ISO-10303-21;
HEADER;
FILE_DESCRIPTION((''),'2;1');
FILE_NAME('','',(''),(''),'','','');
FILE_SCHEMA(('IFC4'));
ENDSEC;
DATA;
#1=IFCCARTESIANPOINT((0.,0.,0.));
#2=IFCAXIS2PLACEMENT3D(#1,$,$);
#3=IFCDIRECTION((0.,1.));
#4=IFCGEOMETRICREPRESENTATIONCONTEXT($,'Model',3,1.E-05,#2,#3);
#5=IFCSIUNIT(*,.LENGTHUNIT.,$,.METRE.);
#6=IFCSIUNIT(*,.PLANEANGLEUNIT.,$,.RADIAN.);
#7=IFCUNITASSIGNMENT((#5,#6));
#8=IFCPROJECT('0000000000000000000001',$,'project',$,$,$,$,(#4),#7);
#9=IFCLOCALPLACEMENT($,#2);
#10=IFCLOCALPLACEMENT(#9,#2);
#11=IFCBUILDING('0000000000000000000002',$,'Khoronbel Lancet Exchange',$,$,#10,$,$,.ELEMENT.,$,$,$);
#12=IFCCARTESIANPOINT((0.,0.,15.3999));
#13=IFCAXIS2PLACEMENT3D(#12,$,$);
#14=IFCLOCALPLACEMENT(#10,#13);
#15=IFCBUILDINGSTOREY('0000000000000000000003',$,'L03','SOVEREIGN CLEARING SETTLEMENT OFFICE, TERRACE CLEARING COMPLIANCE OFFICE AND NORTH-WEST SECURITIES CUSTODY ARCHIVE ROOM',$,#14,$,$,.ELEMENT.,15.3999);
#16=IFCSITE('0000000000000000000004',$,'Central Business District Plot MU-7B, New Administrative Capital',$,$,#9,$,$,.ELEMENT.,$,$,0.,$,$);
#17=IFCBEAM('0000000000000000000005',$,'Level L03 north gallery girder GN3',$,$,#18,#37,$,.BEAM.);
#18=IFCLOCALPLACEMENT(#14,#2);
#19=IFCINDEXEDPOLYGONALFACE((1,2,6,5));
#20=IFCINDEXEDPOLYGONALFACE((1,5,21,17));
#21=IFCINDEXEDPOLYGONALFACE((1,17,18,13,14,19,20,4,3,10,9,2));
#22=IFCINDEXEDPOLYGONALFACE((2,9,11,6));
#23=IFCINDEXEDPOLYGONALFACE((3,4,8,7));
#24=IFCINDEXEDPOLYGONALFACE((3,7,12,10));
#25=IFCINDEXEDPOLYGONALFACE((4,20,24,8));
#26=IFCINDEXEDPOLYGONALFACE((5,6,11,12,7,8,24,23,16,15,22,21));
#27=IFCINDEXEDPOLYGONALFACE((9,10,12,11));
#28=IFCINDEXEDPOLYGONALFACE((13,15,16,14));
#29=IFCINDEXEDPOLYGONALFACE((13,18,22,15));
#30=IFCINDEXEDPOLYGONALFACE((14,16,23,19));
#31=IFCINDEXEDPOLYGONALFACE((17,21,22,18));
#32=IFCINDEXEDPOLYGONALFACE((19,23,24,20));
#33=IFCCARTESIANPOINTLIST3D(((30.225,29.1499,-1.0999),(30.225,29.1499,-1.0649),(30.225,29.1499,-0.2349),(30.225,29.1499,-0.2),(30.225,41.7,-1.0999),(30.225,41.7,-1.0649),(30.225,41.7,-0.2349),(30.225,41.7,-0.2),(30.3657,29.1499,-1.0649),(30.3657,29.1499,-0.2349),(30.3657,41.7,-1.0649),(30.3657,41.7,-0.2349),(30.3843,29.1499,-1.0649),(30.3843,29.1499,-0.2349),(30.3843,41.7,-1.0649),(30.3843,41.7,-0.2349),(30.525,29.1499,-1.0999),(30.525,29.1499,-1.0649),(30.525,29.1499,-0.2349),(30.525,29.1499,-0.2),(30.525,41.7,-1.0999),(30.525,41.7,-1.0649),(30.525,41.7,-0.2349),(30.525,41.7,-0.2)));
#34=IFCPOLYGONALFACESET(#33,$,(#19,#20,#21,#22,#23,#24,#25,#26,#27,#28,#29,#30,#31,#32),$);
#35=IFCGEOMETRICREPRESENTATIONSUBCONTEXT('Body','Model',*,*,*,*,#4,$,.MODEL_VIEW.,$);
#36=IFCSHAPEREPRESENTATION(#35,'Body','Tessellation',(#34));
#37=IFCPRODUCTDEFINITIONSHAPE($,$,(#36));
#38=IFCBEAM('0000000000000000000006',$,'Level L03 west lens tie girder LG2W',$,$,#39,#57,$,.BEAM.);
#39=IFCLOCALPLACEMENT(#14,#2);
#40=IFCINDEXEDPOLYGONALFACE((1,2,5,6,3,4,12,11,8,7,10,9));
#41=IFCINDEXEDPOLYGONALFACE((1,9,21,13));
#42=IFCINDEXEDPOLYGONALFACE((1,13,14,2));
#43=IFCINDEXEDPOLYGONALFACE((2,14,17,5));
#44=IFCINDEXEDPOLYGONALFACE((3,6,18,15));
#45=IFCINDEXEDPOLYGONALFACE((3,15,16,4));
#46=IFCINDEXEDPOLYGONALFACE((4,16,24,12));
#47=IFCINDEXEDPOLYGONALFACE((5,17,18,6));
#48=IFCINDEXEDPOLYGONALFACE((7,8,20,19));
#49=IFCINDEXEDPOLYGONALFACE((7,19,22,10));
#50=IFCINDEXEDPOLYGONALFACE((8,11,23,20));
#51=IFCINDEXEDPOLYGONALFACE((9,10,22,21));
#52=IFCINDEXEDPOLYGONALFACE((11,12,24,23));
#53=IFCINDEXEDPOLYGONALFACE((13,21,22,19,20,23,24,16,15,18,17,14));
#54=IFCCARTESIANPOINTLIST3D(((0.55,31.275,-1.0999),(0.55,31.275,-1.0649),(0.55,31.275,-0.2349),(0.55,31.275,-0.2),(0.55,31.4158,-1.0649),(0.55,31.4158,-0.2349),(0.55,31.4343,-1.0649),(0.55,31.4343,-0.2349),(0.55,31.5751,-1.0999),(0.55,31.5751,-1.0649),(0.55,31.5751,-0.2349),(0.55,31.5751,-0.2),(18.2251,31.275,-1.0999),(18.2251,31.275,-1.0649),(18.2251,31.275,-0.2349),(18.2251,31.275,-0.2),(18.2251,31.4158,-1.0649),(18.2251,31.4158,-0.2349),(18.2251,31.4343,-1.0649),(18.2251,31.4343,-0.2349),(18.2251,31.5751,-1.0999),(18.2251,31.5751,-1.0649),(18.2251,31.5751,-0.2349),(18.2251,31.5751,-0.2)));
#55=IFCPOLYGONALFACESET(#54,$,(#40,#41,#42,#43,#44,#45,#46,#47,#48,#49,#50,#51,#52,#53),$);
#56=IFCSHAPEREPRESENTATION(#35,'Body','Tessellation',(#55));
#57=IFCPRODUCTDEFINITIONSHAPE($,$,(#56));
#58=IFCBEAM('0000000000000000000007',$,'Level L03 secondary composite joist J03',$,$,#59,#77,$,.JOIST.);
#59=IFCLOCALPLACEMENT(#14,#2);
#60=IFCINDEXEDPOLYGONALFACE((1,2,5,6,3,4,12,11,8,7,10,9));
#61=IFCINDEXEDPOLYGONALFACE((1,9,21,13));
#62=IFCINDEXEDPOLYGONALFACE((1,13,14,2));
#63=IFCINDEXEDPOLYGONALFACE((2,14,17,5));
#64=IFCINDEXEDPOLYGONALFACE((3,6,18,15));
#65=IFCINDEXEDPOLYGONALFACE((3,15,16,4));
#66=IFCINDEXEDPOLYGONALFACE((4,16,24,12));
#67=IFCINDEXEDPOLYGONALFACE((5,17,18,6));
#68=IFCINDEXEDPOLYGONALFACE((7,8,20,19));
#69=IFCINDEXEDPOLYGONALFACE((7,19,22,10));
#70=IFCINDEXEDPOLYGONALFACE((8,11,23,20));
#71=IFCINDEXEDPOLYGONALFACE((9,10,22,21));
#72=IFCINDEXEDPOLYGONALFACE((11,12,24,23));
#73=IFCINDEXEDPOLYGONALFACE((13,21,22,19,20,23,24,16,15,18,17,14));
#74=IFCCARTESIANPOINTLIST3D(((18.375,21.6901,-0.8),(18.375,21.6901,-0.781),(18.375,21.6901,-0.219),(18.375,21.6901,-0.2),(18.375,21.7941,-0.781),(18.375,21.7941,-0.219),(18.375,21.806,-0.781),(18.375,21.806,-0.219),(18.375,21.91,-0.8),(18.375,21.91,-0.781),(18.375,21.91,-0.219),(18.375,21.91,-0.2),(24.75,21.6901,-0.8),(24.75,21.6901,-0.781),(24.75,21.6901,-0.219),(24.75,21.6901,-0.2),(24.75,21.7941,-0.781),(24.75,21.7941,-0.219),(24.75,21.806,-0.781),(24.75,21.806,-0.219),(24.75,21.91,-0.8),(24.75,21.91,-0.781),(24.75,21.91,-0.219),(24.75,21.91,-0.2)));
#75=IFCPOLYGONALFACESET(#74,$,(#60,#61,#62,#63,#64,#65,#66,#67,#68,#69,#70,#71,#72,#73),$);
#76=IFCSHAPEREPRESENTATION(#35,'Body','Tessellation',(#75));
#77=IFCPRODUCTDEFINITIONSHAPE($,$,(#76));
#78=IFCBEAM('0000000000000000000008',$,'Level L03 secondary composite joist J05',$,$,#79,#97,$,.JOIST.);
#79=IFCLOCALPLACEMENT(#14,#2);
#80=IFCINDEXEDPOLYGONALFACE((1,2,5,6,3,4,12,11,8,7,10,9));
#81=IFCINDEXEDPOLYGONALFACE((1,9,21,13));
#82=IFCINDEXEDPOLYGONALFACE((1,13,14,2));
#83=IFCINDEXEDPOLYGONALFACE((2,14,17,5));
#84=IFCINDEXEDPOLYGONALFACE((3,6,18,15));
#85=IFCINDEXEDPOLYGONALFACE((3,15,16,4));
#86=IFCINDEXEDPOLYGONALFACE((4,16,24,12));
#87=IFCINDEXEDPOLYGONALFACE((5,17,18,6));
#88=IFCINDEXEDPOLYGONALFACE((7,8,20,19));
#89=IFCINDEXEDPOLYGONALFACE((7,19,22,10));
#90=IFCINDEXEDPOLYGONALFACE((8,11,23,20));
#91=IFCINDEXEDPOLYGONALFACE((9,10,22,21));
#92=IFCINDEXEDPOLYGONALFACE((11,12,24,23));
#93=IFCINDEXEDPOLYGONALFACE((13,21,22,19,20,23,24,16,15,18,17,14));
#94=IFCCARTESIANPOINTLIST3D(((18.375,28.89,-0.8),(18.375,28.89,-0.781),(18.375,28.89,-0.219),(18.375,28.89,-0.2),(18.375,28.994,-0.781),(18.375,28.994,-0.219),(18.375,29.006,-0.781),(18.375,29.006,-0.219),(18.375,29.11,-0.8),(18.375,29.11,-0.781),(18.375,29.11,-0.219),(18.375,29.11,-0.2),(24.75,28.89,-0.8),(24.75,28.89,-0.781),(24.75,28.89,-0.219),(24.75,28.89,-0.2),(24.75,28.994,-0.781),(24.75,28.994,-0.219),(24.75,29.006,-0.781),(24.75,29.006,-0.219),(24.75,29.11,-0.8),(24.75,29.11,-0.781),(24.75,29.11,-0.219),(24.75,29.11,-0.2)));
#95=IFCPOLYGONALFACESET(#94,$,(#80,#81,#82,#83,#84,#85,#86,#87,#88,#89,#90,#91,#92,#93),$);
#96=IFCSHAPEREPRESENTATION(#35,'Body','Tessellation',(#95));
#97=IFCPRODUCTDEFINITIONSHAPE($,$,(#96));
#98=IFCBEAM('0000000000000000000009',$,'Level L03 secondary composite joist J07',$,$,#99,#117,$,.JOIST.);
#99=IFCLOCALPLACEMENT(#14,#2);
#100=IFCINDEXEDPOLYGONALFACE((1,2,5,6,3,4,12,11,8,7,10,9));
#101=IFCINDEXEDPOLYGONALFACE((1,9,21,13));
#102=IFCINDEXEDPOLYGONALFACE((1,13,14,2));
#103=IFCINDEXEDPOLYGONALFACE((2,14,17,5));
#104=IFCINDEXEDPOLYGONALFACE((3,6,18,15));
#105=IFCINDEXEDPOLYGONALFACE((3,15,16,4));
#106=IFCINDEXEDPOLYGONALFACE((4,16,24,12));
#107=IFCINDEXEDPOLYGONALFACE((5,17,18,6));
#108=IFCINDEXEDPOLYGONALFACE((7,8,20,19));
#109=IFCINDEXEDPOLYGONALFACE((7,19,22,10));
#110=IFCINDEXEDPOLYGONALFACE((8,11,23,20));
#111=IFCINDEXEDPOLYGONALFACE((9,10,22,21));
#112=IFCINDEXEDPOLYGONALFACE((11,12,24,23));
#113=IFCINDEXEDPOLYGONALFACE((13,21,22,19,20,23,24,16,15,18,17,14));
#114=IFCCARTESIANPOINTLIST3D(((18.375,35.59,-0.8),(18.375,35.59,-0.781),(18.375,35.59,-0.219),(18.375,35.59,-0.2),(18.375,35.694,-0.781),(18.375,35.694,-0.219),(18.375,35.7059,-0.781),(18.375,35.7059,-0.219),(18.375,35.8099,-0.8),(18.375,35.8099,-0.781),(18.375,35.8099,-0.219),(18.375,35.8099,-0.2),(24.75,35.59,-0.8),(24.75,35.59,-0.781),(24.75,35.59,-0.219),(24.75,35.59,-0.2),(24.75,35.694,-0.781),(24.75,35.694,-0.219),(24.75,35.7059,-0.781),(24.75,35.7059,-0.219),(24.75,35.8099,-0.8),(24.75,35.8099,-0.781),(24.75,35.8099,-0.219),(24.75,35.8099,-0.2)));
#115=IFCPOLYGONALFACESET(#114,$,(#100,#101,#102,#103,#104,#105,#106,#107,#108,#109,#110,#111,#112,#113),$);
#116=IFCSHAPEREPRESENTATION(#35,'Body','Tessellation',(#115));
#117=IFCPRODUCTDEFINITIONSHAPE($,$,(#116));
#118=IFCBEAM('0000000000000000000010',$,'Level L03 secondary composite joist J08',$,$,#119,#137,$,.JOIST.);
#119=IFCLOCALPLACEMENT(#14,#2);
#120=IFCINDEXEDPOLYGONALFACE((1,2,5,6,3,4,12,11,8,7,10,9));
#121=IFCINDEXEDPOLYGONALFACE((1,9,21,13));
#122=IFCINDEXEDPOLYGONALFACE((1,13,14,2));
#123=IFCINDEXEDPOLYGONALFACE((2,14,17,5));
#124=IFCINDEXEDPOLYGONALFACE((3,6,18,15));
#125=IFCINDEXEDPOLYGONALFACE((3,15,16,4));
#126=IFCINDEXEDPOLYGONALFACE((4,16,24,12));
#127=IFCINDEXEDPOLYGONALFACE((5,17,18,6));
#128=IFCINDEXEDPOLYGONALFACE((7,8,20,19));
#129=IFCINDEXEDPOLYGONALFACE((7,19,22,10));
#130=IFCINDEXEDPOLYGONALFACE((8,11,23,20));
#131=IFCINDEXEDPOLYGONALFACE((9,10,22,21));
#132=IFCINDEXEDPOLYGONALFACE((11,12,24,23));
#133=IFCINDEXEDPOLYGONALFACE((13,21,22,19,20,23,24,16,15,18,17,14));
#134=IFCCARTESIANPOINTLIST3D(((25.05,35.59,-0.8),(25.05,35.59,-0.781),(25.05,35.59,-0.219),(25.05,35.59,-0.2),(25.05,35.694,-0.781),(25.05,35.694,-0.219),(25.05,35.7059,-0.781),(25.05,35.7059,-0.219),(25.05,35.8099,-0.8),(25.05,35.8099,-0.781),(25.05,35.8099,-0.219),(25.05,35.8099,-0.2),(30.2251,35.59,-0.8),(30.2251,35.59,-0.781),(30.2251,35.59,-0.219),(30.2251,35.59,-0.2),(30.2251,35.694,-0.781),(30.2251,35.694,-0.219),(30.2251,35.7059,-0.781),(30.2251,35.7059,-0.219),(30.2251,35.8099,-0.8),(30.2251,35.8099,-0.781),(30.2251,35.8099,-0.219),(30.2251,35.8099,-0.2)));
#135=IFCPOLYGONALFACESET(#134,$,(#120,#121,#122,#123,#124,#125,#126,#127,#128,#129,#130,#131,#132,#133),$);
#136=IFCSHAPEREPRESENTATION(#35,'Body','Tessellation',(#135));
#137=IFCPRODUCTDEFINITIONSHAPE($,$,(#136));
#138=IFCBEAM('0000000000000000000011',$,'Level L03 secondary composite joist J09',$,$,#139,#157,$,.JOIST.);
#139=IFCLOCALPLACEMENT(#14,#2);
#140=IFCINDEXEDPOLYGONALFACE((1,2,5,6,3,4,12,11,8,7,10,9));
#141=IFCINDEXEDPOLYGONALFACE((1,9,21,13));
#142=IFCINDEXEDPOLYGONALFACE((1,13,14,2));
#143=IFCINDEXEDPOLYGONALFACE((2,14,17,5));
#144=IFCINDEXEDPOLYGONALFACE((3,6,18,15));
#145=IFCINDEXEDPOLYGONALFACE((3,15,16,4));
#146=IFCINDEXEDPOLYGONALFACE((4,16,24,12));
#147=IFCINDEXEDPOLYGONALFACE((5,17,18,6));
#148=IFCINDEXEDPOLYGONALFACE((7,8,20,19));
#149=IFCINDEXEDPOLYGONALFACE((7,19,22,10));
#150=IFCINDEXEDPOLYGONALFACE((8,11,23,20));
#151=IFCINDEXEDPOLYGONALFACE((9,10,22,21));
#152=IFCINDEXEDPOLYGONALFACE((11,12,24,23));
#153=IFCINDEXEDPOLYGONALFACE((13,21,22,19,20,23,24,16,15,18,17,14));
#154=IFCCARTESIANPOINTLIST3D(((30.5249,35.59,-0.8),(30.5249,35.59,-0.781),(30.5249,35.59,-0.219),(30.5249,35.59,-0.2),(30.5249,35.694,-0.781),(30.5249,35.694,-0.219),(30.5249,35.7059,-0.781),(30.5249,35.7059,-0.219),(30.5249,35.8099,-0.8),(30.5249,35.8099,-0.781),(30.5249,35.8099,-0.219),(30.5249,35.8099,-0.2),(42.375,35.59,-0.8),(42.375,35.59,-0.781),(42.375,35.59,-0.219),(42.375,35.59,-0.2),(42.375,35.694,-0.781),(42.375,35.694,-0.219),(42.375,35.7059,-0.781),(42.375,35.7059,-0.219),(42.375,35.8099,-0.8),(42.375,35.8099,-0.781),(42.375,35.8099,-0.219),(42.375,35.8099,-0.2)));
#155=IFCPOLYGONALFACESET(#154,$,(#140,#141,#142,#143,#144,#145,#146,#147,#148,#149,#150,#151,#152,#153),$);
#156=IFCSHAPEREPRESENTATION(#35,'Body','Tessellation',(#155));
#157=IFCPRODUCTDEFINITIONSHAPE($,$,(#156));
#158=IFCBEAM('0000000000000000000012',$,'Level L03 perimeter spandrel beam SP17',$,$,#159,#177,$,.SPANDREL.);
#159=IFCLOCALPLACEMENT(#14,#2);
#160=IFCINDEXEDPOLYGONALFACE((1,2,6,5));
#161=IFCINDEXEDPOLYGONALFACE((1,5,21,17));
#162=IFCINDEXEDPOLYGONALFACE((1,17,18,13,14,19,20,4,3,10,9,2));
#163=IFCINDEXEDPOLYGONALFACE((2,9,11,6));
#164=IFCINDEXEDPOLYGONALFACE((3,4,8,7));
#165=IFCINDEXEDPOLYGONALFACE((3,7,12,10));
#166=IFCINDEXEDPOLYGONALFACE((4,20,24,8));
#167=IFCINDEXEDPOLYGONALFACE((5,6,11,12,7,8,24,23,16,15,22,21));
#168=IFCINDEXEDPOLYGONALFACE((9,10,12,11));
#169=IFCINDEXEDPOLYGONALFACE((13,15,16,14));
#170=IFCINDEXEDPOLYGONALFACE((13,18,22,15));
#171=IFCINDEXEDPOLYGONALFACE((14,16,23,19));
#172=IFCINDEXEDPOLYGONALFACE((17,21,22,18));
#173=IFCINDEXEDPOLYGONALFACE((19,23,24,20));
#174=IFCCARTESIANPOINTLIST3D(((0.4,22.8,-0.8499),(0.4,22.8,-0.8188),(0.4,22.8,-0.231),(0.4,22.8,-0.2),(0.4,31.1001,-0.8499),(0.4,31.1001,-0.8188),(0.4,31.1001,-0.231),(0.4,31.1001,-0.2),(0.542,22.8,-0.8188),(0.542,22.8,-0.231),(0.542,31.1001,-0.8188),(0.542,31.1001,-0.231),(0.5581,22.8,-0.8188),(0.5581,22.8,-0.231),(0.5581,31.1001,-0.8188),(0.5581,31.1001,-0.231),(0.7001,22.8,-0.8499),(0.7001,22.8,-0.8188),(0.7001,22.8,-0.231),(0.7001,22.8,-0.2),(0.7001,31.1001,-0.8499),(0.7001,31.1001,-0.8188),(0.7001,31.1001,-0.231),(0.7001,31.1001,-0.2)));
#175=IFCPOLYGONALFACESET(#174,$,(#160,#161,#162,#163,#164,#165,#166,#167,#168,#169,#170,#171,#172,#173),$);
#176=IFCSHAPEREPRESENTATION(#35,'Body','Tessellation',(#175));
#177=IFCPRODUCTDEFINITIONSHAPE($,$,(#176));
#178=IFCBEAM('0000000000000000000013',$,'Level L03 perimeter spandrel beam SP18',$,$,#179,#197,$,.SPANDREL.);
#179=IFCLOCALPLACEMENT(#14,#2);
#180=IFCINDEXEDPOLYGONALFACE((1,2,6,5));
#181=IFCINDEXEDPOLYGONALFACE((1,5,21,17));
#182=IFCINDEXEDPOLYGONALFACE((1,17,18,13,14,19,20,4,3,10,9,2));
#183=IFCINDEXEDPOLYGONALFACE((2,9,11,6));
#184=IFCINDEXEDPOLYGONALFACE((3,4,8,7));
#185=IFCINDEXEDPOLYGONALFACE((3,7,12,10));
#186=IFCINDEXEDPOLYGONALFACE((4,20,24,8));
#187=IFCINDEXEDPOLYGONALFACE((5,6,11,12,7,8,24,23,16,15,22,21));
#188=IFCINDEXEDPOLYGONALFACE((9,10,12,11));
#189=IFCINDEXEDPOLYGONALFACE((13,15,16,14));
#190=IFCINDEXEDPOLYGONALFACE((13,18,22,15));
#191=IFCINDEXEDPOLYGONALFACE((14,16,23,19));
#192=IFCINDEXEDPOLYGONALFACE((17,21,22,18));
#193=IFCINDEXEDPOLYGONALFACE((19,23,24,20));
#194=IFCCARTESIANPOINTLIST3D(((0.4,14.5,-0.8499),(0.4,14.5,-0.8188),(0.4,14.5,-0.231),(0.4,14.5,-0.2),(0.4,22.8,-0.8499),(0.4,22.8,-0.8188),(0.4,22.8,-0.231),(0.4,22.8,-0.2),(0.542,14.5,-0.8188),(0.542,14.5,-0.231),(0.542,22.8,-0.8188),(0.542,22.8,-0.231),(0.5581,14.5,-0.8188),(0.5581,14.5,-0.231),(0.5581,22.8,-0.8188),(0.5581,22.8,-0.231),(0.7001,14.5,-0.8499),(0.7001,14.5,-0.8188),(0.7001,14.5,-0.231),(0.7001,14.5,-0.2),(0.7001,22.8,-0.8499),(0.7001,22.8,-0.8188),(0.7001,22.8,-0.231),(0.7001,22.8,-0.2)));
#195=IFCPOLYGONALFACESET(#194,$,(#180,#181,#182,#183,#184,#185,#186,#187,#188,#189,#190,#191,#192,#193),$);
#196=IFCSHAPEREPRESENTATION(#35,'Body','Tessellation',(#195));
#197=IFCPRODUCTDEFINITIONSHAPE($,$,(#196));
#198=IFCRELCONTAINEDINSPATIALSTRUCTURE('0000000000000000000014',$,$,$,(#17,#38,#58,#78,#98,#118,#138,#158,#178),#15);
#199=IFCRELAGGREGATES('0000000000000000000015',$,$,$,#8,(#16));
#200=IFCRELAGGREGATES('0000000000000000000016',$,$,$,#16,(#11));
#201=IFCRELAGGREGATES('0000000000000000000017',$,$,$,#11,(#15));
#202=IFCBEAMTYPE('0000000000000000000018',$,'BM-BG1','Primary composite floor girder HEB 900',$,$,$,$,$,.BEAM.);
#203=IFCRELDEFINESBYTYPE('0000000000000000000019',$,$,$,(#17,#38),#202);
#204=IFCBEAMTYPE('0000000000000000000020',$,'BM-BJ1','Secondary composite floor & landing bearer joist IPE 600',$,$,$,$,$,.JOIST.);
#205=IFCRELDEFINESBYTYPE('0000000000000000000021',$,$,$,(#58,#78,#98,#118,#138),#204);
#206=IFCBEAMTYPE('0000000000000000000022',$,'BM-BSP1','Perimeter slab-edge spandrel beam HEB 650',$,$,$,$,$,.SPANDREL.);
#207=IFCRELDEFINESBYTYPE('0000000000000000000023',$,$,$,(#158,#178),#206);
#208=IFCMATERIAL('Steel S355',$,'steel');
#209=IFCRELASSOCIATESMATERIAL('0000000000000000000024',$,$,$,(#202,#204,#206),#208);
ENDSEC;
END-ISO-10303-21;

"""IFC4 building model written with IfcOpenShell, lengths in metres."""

from ifc_helpers import new_model, si_unit, direction, frame, origin, origin_2d, place, context, subcontext, project, spatial, i_section, extrude, material, material_profile, profile_set, type_object, element, save


model = new_model("IFC4")

# Units and contexts
model_context = context("Model", 3, precision=1e-05, world=origin(), true_north=direction((0.0, 1.0)))
body_context = subcontext(model_context, "Body", "Model", "MODEL_VIEW")
ifc_project = project(units=[si_unit("LENGTHUNIT", "METRE"), si_unit("PLANEANGLEUNIT", "RADIAN")], contexts=[model_context])

# Site, building, storey
site_placement = place(None, origin())
site = spatial("IfcSite", under=ifc_project, at=site_placement, Name="Central Business District Plot MU-7B, New Administrative Capital", CompositionType="ELEMENT", RefElevation=0.0)
building_placement = place(site_placement, origin())
building = spatial("IfcBuilding", under=site, at=building_placement, Name="Khoronbel Lancet Exchange", CompositionType="ELEMENT")
storey_placement = place(building_placement, frame((0.0, 0.0, 15.3999)))
storey = spatial("IfcBuildingStorey", under=building, at=storey_placement, Name="L03", Description="SOVEREIGN CLEARING SETTLEMENT OFFICE, TERRACE CLEARING COMPLIANCE OFFICE AND NORTH-WEST SECURITIES CUSTODY ARCHIVE ROOM", CompositionType="ELEMENT", Elevation=15.3999)

# Shared definitions
ifc_material_1 = material(Name="Steel S355", Category="steel")

# Beams
ifc_material_profile_1 = material_profile(ifc_material_1, i_section(OverallWidth=0.3, OverallDepth=0.8999, WebThickness=0.0186, FlangeThickness=0.0349, at=origin_2d()), Name="HEB 900")
ifc_profile_set_1 = profile_set([ifc_material_profile_1], Name="Steel S355")
beam_type_1 = type_object("IfcBeamType", Name="BM-BG1", Description="Primary composite floor girder HEB 900", PredefinedType="BEAM", material=ifc_profile_set_1)
beam_1_placement = place(storey_placement, frame((30.375, 29.1499, -0.6499), z_axis=(0.0, 1.0, 0.0), x_axis=(-1.0, 0.0, 0.0)))
element("IfcBeam", 1, at=beam_1_placement, inside=storey, type_object=beam_type_1, Name="Level L03 north gallery girder GN3", PredefinedType="BEAM", context=body_context, shape_type="SweptSolid", body=[
    extrude(i_section(OverallWidth=0.3, OverallDepth=0.8999, WebThickness=0.0186, FlangeThickness=0.0349, at=origin_2d()), origin(), (0.0, 0.0, 1.0), 12.55),
])
beam_2_placement = place(storey_placement, frame((0.55, 31.425, -0.6499), z_axis=(1.0, 0.0, 0.0), x_axis=(0.0, 1.0, 0.0)))
element("IfcBeam", 2, at=beam_2_placement, inside=storey, type_object=beam_type_1, Name="Level L03 west lens tie girder LG2W", PredefinedType="BEAM", context=body_context, shape_type="SweptSolid", body=[
    extrude(i_section(OverallWidth=0.3, OverallDepth=0.8999, WebThickness=0.0186, FlangeThickness=0.0349, at=origin_2d()), origin(), (0.0, 0.0, 1.0), 17.675),
])
ifc_material_profile_2 = material_profile(ifc_material_1, i_section(OverallWidth=0.22, OverallDepth=0.6001, WebThickness=0.012, FlangeThickness=0.019, at=origin_2d()), Name="IPE 600")
ifc_profile_set_2 = profile_set([ifc_material_profile_2], Name="Steel S355")
beam_type_2 = type_object("IfcBeamType", Name="BM-BJ1", Description="Secondary composite floor & landing bearer joist IPE 600", PredefinedType="JOIST", material=ifc_profile_set_2)
for number, where, z_axis, x_axis, name in (
    (3, (18.375, 21.8, -0.5), (1.0, 0.0, 0.0), (0.0, 1.0, 0.0), "Level L03 secondary composite joist J03"),
    (4, (18.375, 29.0, -0.5), (1.0, 0.0, 0.0), (0.0, 1.0, 0.0), "Level L03 secondary composite joist J05"),
    (5, (18.375, 35.7, -0.5), (1.0, 0.0, 0.0), (0.0, 1.0, 0.0), "Level L03 secondary composite joist J07"),
):
    element("IfcBeam", number, at=place(storey_placement, frame(where, z_axis=z_axis, x_axis=x_axis)), inside=storey, type_object=beam_type_2, Name=name, PredefinedType="JOIST", context=body_context, shape_type="SweptSolid", body=[
        extrude(i_section(OverallWidth=0.22, OverallDepth=0.6001, WebThickness=0.012, FlangeThickness=0.019, at=origin_2d()), origin(), (0.0, 0.0, 1.0), 6.375),
    ])
beam_3_placement = place(storey_placement, frame((25.05, 35.7, -0.5), z_axis=(1.0, 0.0, 0.0), x_axis=(0.0, 1.0, 0.0)))
element("IfcBeam", 6, at=beam_3_placement, inside=storey, type_object=beam_type_2, Name="Level L03 secondary composite joist J08", PredefinedType="JOIST", context=body_context, shape_type="SweptSolid", body=[
    extrude(i_section(OverallWidth=0.22, OverallDepth=0.6001, WebThickness=0.012, FlangeThickness=0.019, at=origin_2d()), origin(), (0.0, 0.0, 1.0), 5.175),
])
beam_4_placement = place(storey_placement, frame((30.5249, 35.7, -0.5), z_axis=(1.0, 0.0, 0.0), x_axis=(0.0, 1.0, 0.0)))
element("IfcBeam", 7, at=beam_4_placement, inside=storey, type_object=beam_type_2, Name="Level L03 secondary composite joist J09", PredefinedType="JOIST", context=body_context, shape_type="SweptSolid", body=[
    extrude(i_section(OverallWidth=0.22, OverallDepth=0.6001, WebThickness=0.012, FlangeThickness=0.019, at=origin_2d()), origin(), (0.0, 0.0, 1.0), 11.8501),
])
ifc_material_profile_3 = material_profile(ifc_material_1, i_section(OverallWidth=0.3, OverallDepth=0.6499, WebThickness=0.0161, FlangeThickness=0.031, at=origin_2d()), Name="HEB 650")
ifc_profile_set_3 = profile_set([ifc_material_profile_3], Name="Steel S355")
beam_type_3 = type_object("IfcBeamType", Name="BM-BSP1", Description="Perimeter slab-edge spandrel beam HEB 650", PredefinedType="SPANDREL", material=ifc_profile_set_3)
for number, where, z_axis, x_axis, name in (
    (8, (0.55, 31.1001, -0.5249), (0.0, -1.0, 0.0), (1.0, 0.0, 0.0), "Level L03 perimeter spandrel beam SP17"),
    (9, (0.55, 22.8, -0.5249), (0.0, -1.0, 0.0), (1.0, 0.0, 0.0), "Level L03 perimeter spandrel beam SP18"),
):
    element("IfcBeam", number, at=place(storey_placement, frame(where, z_axis=z_axis, x_axis=x_axis)), inside=storey, type_object=beam_type_3, Name=name, PredefinedType="SPANDREL", context=body_context, shape_type="SweptSolid", body=[
        extrude(i_section(OverallWidth=0.3, OverallDepth=0.6499, WebThickness=0.0161, FlangeThickness=0.031, at=origin_2d()), origin(), (0.0, 0.0, 1.0), 8.3),
    ])

save(model, "model.ifc")
